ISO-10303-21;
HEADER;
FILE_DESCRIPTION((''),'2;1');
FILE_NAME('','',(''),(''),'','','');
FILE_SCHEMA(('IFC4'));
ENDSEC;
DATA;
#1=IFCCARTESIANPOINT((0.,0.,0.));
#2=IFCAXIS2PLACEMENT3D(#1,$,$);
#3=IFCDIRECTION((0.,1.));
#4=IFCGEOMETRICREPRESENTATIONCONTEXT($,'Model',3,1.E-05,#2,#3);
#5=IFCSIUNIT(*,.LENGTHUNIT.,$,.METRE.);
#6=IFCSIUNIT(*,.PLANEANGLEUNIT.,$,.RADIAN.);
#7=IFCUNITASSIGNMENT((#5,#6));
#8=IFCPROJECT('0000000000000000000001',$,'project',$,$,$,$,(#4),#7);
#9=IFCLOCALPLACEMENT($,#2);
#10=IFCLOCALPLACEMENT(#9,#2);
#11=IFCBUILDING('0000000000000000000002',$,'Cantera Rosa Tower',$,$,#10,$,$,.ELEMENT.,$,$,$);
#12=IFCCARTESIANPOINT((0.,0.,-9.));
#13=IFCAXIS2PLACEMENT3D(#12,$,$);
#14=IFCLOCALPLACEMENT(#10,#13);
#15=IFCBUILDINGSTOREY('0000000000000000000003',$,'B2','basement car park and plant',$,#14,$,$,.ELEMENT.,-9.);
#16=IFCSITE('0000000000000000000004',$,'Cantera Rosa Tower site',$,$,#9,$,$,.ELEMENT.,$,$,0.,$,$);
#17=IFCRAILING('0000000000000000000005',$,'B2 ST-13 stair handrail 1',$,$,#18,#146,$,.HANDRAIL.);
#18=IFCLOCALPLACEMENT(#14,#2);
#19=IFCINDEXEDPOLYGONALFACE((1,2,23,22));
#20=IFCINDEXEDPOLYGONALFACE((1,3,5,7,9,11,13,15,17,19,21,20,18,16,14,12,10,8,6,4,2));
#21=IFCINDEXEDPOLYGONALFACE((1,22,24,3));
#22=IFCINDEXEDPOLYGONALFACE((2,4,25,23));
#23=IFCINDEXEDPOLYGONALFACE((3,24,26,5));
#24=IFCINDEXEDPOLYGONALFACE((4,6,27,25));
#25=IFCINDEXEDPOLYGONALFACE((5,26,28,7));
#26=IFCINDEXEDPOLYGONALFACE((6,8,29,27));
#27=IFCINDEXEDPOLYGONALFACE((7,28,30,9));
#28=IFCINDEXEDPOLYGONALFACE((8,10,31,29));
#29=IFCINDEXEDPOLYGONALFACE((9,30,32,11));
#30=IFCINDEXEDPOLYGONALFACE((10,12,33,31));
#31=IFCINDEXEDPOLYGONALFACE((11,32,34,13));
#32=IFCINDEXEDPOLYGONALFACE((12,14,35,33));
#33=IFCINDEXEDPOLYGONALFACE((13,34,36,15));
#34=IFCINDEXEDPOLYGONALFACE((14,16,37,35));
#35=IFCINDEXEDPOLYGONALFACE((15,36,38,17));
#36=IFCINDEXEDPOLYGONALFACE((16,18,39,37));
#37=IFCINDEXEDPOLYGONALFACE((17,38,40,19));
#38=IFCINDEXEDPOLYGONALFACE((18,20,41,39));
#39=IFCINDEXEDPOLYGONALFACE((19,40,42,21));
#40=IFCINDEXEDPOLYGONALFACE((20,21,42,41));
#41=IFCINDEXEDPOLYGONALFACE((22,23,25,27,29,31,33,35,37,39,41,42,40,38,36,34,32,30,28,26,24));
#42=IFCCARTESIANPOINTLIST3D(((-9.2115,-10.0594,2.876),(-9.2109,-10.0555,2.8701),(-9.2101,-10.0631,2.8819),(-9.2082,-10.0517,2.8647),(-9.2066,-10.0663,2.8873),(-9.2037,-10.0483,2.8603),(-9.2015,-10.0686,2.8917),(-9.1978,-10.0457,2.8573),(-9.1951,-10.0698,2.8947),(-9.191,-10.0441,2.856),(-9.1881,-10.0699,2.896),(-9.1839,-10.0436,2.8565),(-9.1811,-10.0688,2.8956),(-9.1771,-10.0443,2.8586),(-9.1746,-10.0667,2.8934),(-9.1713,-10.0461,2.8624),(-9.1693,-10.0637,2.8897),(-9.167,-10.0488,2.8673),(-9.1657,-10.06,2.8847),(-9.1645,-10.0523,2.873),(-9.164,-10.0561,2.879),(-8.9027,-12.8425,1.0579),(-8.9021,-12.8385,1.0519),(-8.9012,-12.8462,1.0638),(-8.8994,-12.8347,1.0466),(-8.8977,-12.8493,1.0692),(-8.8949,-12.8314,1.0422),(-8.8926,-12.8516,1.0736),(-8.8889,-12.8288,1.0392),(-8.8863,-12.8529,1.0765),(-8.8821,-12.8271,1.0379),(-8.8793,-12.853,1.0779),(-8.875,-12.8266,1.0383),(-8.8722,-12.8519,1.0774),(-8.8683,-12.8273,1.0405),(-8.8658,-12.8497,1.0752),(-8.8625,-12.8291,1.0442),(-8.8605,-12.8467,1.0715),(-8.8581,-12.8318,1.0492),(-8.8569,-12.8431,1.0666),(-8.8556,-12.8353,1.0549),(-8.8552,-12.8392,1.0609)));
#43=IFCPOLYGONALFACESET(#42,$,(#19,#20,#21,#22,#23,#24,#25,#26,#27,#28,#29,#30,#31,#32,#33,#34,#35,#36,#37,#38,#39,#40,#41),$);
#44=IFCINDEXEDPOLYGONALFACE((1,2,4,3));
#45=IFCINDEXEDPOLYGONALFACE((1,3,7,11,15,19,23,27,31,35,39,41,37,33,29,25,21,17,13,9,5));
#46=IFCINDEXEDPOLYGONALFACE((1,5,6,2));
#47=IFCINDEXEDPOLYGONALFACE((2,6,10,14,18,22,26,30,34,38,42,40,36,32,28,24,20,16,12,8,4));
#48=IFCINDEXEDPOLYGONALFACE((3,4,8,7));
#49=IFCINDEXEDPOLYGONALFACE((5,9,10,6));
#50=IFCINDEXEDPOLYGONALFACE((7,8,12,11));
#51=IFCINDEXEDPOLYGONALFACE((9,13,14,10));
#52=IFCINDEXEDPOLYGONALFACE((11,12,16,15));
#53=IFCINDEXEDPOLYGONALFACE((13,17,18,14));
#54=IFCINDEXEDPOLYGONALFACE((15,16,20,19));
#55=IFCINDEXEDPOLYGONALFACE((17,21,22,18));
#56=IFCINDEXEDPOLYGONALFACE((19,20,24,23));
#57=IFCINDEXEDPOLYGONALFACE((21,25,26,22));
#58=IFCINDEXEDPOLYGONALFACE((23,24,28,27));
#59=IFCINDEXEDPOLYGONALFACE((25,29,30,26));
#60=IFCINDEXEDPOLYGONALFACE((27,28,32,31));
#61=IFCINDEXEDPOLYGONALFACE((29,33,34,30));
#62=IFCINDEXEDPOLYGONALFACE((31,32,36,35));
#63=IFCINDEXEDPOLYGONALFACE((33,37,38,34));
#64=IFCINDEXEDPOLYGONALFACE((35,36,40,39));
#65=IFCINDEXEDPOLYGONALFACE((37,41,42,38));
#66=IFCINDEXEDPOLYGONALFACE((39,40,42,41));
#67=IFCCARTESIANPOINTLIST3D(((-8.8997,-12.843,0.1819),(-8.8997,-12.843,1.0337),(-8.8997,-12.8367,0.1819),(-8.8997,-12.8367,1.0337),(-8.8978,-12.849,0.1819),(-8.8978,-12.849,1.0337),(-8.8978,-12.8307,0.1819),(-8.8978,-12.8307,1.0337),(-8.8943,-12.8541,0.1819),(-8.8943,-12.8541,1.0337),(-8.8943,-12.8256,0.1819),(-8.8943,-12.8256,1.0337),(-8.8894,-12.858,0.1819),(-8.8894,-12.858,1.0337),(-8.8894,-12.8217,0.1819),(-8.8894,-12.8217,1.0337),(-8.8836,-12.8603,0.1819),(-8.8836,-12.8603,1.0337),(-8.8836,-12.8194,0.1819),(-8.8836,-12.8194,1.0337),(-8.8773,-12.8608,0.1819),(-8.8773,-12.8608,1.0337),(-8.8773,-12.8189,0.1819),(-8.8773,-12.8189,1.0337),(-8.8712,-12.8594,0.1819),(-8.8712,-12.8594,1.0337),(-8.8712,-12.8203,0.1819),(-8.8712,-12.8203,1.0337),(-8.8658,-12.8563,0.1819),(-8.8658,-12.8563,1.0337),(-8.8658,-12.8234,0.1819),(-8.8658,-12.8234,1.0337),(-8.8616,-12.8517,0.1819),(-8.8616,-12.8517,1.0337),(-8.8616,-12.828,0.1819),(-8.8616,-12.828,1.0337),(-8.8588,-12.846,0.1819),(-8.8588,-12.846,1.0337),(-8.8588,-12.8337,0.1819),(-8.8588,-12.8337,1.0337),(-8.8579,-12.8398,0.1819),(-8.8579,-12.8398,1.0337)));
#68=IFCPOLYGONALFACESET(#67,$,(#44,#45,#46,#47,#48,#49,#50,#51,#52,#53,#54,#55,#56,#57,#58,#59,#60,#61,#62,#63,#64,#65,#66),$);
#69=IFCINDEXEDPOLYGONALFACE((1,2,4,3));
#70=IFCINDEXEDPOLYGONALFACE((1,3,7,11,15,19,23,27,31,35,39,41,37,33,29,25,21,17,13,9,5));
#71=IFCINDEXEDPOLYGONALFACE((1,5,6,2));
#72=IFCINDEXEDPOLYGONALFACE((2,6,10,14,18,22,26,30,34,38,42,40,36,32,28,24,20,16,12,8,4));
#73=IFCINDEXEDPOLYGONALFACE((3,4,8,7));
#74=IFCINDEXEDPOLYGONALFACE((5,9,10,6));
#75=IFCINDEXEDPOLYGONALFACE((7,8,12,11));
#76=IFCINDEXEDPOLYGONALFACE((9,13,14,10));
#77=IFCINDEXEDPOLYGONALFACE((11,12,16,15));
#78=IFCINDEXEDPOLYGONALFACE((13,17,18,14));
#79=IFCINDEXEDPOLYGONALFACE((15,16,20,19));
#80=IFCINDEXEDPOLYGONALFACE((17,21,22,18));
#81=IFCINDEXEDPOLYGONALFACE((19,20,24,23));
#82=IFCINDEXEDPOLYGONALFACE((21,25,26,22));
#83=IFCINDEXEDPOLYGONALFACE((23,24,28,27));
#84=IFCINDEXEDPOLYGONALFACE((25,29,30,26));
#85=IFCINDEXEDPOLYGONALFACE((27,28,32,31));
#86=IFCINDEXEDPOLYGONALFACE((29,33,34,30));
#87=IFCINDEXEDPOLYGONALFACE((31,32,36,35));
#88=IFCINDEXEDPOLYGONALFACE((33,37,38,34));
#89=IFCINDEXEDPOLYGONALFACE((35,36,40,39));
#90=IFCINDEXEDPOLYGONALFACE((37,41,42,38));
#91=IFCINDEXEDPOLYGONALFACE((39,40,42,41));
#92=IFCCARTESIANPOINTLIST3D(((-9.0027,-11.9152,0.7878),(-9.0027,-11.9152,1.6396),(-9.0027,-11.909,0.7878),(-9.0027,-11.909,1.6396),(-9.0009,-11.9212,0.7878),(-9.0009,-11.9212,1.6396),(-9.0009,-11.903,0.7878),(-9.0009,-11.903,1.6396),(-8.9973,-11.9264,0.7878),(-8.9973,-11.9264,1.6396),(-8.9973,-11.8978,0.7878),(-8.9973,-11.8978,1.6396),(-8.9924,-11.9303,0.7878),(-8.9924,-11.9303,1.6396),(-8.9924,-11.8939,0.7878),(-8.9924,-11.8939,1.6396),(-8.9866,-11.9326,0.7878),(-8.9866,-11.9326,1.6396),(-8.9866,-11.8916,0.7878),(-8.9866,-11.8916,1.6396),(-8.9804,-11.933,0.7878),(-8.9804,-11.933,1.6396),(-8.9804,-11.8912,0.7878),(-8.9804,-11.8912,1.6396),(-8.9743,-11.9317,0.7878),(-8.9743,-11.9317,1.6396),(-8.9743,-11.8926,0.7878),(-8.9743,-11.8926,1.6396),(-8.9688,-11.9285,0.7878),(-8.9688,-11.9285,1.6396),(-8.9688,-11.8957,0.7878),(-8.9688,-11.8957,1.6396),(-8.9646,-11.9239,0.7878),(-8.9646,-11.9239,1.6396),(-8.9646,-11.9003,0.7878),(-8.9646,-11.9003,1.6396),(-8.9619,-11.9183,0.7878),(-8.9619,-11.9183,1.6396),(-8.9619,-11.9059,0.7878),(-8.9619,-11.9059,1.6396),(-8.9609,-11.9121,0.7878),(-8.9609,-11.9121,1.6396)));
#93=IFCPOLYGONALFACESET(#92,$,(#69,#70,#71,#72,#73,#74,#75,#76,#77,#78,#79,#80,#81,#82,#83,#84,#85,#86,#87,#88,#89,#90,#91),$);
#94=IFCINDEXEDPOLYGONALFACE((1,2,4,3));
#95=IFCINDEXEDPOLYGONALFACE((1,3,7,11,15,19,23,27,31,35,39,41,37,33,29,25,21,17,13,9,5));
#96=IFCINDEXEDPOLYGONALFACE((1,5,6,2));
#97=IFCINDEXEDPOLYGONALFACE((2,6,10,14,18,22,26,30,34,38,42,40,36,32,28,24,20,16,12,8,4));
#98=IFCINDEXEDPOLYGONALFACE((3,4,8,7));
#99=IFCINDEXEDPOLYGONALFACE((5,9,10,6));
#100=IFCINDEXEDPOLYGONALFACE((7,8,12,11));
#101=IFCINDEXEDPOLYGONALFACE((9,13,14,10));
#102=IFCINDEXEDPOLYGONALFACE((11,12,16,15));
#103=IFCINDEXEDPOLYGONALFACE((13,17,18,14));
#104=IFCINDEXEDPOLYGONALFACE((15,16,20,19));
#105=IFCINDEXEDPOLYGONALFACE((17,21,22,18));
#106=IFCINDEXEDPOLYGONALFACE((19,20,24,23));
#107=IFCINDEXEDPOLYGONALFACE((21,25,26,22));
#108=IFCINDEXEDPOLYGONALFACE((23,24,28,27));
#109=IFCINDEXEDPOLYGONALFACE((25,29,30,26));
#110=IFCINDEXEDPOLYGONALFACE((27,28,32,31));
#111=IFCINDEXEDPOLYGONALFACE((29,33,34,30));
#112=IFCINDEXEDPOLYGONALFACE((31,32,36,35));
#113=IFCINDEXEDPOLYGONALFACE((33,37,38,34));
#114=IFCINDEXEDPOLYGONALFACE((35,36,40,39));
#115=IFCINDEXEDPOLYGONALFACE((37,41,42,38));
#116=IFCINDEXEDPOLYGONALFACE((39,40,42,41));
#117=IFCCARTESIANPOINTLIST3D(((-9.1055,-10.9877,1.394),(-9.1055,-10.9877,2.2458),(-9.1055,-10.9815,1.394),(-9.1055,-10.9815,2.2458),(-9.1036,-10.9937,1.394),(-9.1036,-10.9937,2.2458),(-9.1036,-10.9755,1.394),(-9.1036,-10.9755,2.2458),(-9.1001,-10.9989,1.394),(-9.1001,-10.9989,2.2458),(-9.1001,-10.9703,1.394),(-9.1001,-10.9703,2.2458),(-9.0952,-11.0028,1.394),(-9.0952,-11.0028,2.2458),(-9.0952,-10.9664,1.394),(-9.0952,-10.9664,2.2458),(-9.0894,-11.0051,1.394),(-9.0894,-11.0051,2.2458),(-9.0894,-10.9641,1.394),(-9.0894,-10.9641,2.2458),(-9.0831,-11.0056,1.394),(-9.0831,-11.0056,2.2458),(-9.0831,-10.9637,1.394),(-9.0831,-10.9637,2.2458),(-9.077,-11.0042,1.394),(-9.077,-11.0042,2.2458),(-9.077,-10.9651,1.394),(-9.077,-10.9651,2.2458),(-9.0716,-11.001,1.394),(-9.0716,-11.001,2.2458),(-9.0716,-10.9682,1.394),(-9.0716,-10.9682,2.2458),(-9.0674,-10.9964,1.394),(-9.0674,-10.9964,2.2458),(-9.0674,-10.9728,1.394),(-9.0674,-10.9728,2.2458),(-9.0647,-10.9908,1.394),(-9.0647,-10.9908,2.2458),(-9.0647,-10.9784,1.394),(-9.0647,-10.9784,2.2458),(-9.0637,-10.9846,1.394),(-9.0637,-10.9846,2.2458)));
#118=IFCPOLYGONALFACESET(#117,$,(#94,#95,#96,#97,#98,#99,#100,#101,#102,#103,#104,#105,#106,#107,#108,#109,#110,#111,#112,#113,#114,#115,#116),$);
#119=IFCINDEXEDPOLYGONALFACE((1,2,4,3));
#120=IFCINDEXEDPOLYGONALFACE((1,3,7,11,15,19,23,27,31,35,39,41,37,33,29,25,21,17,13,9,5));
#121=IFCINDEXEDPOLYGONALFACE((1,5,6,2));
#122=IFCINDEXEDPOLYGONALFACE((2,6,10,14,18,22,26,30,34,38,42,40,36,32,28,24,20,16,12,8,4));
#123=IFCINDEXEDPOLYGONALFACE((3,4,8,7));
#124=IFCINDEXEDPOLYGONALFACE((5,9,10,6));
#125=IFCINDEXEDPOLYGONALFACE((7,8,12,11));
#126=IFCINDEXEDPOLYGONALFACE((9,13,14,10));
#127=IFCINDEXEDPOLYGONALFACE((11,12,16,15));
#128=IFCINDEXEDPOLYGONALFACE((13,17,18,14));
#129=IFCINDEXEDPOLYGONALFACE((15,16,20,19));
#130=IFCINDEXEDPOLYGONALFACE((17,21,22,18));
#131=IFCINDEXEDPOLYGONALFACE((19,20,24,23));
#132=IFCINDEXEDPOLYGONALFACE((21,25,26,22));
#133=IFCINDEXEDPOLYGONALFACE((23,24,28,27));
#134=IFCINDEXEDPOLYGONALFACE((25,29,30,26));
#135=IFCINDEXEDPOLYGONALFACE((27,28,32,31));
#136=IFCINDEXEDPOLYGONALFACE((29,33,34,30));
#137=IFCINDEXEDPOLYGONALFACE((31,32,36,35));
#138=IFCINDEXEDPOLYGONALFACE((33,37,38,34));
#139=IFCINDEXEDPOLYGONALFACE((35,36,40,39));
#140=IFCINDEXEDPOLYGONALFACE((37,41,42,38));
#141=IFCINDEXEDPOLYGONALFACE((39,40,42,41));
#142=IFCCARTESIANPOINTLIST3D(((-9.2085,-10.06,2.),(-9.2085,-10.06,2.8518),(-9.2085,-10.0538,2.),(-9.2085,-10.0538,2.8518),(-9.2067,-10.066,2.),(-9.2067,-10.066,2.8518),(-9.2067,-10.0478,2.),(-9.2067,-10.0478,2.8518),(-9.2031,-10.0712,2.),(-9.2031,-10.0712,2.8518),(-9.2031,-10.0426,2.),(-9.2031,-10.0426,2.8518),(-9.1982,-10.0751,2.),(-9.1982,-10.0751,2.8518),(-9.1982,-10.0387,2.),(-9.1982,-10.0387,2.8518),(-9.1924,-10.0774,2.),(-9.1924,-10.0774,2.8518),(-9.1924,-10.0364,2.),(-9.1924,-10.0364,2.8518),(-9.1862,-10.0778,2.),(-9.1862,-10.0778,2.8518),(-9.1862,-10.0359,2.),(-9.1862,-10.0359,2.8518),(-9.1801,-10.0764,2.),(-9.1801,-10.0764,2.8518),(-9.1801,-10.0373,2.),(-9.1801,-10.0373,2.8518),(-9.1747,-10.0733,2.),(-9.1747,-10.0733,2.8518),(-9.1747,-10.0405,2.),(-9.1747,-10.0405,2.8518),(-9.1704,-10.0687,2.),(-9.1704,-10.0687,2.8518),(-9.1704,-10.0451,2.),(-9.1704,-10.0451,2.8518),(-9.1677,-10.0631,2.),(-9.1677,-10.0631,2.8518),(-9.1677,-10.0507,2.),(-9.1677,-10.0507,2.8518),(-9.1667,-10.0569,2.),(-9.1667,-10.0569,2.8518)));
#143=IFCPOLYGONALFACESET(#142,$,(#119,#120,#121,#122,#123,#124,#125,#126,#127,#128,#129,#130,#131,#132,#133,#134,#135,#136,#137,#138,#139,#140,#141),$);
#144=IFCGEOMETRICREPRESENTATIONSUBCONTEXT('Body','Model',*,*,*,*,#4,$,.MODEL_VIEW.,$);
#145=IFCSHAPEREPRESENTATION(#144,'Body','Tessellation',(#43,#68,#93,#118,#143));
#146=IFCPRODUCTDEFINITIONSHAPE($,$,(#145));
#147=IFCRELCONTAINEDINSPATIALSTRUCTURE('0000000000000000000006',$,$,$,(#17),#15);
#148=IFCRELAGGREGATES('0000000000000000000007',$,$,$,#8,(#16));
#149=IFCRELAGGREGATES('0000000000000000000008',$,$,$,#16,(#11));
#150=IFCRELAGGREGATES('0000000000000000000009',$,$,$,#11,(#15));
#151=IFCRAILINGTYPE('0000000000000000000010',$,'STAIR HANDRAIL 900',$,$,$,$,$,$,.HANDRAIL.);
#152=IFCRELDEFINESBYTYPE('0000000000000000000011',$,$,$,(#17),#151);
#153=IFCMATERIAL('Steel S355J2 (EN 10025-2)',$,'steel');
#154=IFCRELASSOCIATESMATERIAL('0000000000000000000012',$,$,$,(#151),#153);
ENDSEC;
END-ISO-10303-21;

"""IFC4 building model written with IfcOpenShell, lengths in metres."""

from ifc_helpers import new_model, si_unit, direction, frame, origin, origin_2d, place, context, subcontext, project, spatial, circle, extrude, material, type_object, element, save


model = new_model("IFC4")

# Units and contexts
model_context = context("Model", 3, precision=1e-05, world=origin(), true_north=direction((0.0, 1.0)))
body_context = subcontext(model_context, "Body", "Model", "MODEL_VIEW")
ifc_project = project(units=[si_unit("LENGTHUNIT", "METRE"), si_unit("PLANEANGLEUNIT", "RADIAN")], contexts=[model_context])

# Site, building, storey
site_placement = place(None, origin())
site = spatial("IfcSite", under=ifc_project, at=site_placement, Name="Cantera Rosa Tower site", CompositionType="ELEMENT", RefElevation=0.0)
building_placement = place(site_placement, origin())
building = spatial("IfcBuilding", under=site, at=building_placement, Name="Cantera Rosa Tower", CompositionType="ELEMENT")
storey_placement = place(building_placement, frame((0.0, 0.0, -9.0)))
storey = spatial("IfcBuildingStorey", under=building, at=storey_placement, Name="B2", Description="basement car park and plant", CompositionType="ELEMENT", Elevation=-9.0)

# Railing
ifc_material_1 = material(Name="Steel S355J2 (EN 10025-2)", Category="steel")
railing_type_1 = type_object("IfcRailingType", Name="STAIR HANDRAIL 900", PredefinedType="HANDRAIL", material=ifc_material_1)
railing_1_placement = place(storey_placement, frame((-8.8789, -12.8398, 0.1819)))
element("IfcRailing", 1, at=railing_1_placement, inside=storey, type_object=railing_type_1, Name="B2 ST-13 stair handrail 1", PredefinedType="HANDRAIL", context=body_context, shape_type="SweptSolid", body=[
    extrude(circle(Radius=0.0239, at=origin_2d()), frame((0.0, 0.0, 0.876), z_axis=(-0.092507, 0.833588, 0.544586), x_axis=(-0.993899, -0.110298, 0.0)), (0.0, 0.0, 1.0), 3.3386),
    extrude(circle(Radius=0.021, at=origin_2d()), origin(), (0.0, 0.0, 1.0), 0.8518),
    extrude(circle(Radius=0.021, at=origin_2d()), frame((-0.103, 0.9277, 0.606)), (0.0, 0.0, 1.0), 0.8518),
    extrude(circle(Radius=0.021, at=origin_2d()), frame((-0.2058, 1.8552, 1.2122)), (0.0, 0.0, 1.0), 0.8518),
    extrude(circle(Radius=0.021, at=origin_2d()), frame((-0.3088, 2.783, 1.8181)), (0.0, 0.0, 1.0), 0.8518),
])

save(model, "model.ifc")
